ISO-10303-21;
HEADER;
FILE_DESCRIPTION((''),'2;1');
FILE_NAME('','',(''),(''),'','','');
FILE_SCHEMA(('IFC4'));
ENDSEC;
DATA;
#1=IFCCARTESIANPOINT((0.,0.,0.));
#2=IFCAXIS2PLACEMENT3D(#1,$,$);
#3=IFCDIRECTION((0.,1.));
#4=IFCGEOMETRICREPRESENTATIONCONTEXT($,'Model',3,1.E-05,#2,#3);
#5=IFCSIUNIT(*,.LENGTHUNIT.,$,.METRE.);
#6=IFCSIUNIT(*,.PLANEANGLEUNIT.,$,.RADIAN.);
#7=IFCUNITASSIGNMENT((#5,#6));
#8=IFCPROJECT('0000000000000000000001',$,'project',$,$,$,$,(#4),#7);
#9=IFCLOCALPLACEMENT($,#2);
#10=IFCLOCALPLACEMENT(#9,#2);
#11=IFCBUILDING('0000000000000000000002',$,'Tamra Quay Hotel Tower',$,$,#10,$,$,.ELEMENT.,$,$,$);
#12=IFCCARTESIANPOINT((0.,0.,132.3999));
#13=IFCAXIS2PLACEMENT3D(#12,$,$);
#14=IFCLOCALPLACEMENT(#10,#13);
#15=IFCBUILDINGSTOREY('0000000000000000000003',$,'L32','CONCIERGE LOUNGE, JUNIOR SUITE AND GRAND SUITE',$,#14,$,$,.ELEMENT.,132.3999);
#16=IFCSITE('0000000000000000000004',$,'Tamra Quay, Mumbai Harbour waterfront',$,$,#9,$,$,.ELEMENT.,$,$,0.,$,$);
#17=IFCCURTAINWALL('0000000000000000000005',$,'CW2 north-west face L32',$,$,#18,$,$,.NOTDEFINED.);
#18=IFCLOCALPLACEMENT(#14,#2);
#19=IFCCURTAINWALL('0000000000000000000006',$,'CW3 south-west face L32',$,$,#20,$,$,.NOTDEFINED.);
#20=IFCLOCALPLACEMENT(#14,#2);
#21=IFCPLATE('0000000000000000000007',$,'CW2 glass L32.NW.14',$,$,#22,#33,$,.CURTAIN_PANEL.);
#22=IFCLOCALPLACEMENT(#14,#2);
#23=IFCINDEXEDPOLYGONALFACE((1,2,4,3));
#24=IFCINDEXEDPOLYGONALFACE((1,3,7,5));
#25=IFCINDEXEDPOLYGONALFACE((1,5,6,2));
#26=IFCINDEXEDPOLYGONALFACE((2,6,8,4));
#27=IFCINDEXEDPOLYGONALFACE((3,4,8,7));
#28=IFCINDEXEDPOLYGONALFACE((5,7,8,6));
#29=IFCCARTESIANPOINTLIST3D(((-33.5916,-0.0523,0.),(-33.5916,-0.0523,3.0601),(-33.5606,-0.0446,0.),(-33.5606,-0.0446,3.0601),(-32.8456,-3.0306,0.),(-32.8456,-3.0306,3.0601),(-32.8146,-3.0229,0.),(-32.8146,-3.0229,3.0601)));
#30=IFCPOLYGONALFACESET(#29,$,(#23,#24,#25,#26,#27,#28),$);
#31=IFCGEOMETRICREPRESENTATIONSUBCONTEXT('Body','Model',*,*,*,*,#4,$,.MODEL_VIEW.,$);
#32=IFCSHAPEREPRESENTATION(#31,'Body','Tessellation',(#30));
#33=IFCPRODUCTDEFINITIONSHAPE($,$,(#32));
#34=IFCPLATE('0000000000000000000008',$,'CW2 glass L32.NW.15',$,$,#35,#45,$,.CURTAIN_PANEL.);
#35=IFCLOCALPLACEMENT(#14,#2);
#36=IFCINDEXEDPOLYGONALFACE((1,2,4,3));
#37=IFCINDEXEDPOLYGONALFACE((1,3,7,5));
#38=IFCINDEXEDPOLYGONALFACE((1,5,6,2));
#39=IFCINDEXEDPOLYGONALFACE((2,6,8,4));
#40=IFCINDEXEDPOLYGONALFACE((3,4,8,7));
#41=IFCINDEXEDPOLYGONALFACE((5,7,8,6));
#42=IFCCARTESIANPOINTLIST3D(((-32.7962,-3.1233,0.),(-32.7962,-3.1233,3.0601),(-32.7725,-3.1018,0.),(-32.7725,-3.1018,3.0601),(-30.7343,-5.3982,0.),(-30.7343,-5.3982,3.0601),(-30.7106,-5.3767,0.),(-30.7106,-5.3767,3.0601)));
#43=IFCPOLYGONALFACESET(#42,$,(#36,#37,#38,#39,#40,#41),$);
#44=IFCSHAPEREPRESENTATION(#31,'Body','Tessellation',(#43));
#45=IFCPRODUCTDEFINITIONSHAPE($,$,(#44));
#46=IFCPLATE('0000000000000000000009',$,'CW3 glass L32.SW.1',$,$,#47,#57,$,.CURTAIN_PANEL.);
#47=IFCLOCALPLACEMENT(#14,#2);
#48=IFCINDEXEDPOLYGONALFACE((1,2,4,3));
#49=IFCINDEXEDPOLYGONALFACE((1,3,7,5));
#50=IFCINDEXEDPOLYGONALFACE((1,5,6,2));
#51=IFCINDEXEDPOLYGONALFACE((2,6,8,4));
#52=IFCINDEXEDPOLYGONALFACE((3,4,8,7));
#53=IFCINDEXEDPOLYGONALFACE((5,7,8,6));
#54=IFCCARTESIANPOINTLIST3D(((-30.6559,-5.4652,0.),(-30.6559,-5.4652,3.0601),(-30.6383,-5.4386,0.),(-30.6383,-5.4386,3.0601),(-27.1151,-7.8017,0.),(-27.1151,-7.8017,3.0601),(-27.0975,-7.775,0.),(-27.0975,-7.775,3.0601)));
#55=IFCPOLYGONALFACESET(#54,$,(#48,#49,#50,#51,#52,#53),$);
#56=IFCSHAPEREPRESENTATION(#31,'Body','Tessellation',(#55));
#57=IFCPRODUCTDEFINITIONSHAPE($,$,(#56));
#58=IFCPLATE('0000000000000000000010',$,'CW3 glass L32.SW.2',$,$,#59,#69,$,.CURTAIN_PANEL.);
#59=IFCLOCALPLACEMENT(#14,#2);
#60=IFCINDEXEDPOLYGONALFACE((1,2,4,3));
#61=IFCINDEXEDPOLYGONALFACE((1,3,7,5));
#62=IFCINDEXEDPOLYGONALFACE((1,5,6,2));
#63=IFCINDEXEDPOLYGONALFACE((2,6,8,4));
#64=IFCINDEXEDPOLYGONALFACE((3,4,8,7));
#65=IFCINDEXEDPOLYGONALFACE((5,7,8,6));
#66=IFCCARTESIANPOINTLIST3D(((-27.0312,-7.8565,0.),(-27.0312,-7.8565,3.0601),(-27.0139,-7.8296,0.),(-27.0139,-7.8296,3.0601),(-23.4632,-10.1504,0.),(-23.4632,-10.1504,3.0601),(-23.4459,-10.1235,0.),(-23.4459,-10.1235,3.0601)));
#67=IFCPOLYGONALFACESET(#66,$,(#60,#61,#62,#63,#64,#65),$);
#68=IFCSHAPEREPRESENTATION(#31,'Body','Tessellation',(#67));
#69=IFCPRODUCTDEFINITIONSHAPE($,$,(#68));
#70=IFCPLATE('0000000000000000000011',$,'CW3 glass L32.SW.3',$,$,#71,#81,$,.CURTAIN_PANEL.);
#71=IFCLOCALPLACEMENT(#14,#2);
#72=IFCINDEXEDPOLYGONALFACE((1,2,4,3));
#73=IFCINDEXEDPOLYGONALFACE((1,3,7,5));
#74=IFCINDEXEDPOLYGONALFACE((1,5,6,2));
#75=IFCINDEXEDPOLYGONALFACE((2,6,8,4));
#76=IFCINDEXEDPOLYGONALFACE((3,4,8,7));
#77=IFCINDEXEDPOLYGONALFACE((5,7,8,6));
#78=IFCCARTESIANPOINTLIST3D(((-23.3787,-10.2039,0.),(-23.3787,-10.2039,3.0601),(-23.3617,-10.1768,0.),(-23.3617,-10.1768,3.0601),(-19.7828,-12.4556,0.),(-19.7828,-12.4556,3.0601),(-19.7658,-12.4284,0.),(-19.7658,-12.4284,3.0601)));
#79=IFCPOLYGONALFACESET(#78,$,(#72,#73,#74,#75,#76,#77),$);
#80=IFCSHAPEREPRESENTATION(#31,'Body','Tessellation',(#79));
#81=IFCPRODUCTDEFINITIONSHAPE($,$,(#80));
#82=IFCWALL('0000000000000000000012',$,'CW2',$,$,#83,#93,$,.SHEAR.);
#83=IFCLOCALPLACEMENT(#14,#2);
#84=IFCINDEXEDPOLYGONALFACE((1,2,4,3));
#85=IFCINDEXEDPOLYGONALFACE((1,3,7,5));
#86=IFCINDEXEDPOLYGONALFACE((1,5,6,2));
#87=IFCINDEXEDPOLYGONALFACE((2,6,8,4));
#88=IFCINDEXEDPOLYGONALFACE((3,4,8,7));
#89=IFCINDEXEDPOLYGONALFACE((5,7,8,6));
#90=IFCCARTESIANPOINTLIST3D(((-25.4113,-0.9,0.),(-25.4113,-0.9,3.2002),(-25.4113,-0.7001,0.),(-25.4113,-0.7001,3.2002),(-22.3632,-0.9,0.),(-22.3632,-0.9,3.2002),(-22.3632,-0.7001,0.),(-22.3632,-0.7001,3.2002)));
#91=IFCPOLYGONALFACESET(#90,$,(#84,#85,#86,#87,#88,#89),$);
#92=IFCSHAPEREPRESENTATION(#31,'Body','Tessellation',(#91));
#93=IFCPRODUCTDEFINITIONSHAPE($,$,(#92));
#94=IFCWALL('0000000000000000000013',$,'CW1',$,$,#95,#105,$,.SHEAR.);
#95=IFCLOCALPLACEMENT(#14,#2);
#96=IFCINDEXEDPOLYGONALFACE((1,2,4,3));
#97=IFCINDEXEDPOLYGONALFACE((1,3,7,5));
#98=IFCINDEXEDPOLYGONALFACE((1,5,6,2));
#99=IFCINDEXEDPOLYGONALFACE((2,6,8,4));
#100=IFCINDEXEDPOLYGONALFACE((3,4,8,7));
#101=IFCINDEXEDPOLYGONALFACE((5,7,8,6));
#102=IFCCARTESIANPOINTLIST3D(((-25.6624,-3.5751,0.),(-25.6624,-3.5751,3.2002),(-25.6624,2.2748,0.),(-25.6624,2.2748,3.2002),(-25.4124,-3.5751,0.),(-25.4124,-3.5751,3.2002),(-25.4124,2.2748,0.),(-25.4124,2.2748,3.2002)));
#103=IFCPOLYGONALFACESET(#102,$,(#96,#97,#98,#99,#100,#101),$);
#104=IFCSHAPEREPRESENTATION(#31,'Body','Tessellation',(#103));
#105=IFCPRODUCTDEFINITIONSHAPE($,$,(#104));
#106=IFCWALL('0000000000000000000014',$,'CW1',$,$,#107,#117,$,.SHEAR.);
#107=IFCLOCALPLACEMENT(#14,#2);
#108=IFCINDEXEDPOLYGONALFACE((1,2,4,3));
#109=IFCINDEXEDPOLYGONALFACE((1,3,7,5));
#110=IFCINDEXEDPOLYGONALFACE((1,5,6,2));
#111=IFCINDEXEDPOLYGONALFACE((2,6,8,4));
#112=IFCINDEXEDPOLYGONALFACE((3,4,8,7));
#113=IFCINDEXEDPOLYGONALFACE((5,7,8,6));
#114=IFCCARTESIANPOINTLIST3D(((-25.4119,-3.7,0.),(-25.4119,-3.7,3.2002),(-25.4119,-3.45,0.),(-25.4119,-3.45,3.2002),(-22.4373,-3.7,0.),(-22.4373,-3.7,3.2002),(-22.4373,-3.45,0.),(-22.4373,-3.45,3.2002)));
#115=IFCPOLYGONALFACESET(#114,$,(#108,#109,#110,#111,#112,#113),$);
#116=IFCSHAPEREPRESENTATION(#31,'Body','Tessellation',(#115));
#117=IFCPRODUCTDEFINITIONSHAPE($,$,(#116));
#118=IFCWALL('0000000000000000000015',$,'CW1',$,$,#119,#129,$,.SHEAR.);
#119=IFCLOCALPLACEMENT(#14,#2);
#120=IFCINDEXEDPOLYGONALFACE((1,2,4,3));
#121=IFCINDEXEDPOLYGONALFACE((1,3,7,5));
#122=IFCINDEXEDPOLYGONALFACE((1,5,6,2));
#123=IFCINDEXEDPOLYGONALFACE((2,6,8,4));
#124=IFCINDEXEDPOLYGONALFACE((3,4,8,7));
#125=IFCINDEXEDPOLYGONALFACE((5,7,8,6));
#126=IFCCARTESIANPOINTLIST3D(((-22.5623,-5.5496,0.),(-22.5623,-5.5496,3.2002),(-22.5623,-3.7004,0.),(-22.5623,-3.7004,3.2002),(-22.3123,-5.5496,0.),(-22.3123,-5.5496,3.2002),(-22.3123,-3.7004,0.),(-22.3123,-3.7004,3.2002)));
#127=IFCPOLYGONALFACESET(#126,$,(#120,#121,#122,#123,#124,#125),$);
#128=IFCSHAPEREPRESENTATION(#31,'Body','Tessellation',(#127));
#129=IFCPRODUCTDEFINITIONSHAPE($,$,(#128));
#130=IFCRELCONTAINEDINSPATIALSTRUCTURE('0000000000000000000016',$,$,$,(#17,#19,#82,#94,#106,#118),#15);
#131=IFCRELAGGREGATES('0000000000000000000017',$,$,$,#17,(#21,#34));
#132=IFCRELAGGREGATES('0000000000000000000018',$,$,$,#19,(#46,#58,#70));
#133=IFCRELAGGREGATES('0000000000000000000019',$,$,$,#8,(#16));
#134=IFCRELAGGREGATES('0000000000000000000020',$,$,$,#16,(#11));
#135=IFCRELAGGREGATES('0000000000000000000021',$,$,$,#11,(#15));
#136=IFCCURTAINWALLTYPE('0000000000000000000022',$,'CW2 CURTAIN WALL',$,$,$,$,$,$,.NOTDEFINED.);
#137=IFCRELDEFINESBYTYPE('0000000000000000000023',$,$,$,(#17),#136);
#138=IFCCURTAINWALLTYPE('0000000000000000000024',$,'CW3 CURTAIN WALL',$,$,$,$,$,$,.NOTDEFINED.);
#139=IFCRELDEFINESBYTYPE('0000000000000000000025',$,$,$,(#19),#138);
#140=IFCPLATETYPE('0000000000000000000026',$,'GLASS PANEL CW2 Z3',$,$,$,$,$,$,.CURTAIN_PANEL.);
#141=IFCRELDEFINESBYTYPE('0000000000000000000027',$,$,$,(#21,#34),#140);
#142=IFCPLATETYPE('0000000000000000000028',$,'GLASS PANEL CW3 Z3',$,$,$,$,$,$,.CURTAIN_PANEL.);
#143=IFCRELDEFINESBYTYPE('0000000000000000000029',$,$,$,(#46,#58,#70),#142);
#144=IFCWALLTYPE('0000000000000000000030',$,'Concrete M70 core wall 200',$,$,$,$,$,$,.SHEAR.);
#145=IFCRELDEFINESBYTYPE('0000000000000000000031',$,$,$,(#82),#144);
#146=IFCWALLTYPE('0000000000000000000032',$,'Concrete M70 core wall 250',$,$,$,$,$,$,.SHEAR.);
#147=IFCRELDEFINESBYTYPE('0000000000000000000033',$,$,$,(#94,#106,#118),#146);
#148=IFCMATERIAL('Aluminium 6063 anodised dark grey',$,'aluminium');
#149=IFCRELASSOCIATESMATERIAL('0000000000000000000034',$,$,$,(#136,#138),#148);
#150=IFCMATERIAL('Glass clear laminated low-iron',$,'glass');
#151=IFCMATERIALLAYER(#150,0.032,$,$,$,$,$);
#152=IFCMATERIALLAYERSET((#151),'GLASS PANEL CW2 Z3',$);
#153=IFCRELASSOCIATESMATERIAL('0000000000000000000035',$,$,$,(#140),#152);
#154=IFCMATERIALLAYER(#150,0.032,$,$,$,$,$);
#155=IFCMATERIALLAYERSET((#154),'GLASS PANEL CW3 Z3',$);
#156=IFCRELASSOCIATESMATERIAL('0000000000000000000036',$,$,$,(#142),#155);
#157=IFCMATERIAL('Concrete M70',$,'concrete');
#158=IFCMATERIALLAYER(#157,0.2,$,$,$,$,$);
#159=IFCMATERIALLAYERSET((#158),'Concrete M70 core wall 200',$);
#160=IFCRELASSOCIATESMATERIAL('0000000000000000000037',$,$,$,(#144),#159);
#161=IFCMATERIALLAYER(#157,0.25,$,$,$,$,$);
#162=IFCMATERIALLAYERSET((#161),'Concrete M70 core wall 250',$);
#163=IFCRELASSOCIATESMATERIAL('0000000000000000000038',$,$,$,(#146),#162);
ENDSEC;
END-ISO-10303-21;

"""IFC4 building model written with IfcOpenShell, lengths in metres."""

from ifc_helpers import new_model, si_unit, direction, frame, frame_2d, origin, origin_2d, place, context, subcontext, project, spatial, rectangle, extrude, material, layer, layer_set, type_object, element, aggregate, save


model = new_model("IFC4")

# Units and contexts
model_context = context("Model", 3, precision=1e-05, world=origin(), true_north=direction((0.0, 1.0)))
body_context = subcontext(model_context, "Body", "Model", "MODEL_VIEW")
ifc_project = project(units=[si_unit("LENGTHUNIT", "METRE"), si_unit("PLANEANGLEUNIT", "RADIAN")], contexts=[model_context])

# Site, building, storey
site_placement = place(None, origin())
site = spatial("IfcSite", under=ifc_project, at=site_placement, Name="Tamra Quay, Mumbai Harbour waterfront", CompositionType="ELEMENT", RefElevation=0.0)
building_placement = place(site_placement, origin())
building = spatial("IfcBuilding", under=site, at=building_placement, Name="Tamra Quay Hotel Tower", CompositionType="ELEMENT")
storey_placement = place(building_placement, frame((0.0, 0.0, 132.3999)))
storey = spatial("IfcBuildingStorey", under=building, at=storey_placement, Name="L32", Description="CONCIERGE LOUNGE, JUNIOR SUITE AND GRAND SUITE", CompositionType="ELEMENT", Elevation=132.3999)

# Shared definitions
ifc_material_1 = material(Name="Concrete M70", Category="concrete")

# Curtain wall
ifc_material_2 = material(Name="Aluminium 6063 anodised dark grey", Category="aluminium")
curtain_wall_type_1 = type_object("IfcCurtainWallType", Name="CW2 CURTAIN WALL", PredefinedType="NOTDEFINED", material=ifc_material_2)
curtain_wall_1_placement = place(storey_placement, origin())
curtain_wall_1 = element("IfcCurtainWall", 1, at=curtain_wall_1_placement, inside=storey, type_object=curtain_wall_type_1, Name="CW2 north-west face L32", PredefinedType="NOTDEFINED")

# Curtain wall
curtain_wall_type_2 = type_object("IfcCurtainWallType", Name="CW3 CURTAIN WALL", PredefinedType="NOTDEFINED", material=ifc_material_2)
curtain_wall_2_placement = place(storey_placement, origin())
curtain_wall_2 = element("IfcCurtainWall", 2, at=curtain_wall_2_placement, inside=storey, type_object=curtain_wall_type_2, Name="CW3 south-west face L32", PredefinedType="NOTDEFINED")

# Plates
ifc_material_3 = material(Name="Glass clear laminated low-iron", Category="glass")
ifc_layer_1 = layer(ifc_material_3, 0.032)
ifc_layer_set_1 = layer_set([ifc_layer_1], Name="GLASS PANEL CW2 Z3")
plate_type_1 = type_object("IfcPlateType", Name="GLASS PANEL CW2 Z3", PredefinedType="CURTAIN_PANEL", material=ifc_layer_set_1)
plate_1_placement = place(storey_placement, frame((-33.2031, -1.5376, 0.0), z_axis=(0.0, 0.0, 1.0), x_axis=(0.242976, -0.970032, 0.0)))
plate_1 = element("IfcPlate", 3, at=plate_1_placement, type_object=plate_type_1, Name="CW2 glass L32.NW.14", PredefinedType="CURTAIN_PANEL", context=body_context, shape_type="SweptSolid", body=[
    extrude(rectangle(XDim=3.0703, YDim=0.032, at=origin_2d()), origin(), (0.0, 0.0, 1.0), 3.0601),
])
plate_2_placement = place(storey_placement, frame((-31.7534, -4.25, 0.0), z_axis=(0.0, 0.0, 1.0), x_axis=(0.67155, -0.740959, 0.0)))
plate_2 = element("IfcPlate", 4, at=plate_2_placement, type_object=plate_type_1, Name="CW2 glass L32.NW.15", PredefinedType="CURTAIN_PANEL", context=body_context, shape_type="SweptSolid", body=[
    extrude(rectangle(XDim=3.0703, YDim=0.032, at=origin_2d()), origin(), (0.0, 0.0, 1.0), 3.0601),
])
aggregate(curtain_wall_1, [plate_1, plate_2])
ifc_layer_2 = layer(ifc_material_3, 0.032)
ifc_layer_set_2 = layer_set([ifc_layer_2], Name="GLASS PANEL CW3 Z3")
plate_type_2 = type_object("IfcPlateType", Name="GLASS PANEL CW3 Z3", PredefinedType="CURTAIN_PANEL", material=ifc_layer_set_2)
plate_3_placement = place(storey_placement, frame((-28.8767, -6.6201, 0.0), z_axis=(0.0, 0.0, 1.0), x_axis=(0.834663, -0.550761, 0.0)))
plate_3 = element("IfcPlate", 5, at=plate_3_placement, type_object=plate_type_2, Name="CW3 glass L32.SW.1", PredefinedType="CURTAIN_PANEL", context=body_context, shape_type="SweptSolid", body=[
    extrude(rectangle(XDim=4.2422, YDim=0.032, at=origin_2d()), origin(), (0.0, 0.0, 1.0), 3.0601),
])
plate_4_placement = place(storey_placement, frame((-25.2385, -8.99, 0.0), z_axis=(0.0, 0.0, 1.0), x_axis=(0.841164, -0.54078, 0.0)))
plate_4 = element("IfcPlate", 6, at=plate_4_placement, type_object=plate_type_2, Name="CW3 glass L32.SW.2", PredefinedType="CURTAIN_PANEL", context=body_context, shape_type="SweptSolid", body=[
    extrude(rectangle(XDim=4.2417, YDim=0.032, at=origin_2d()), origin(), (0.0, 0.0, 1.0), 3.0601),
])
plate_5_placement = place(storey_placement, frame((-21.5723, -11.3162, 0.0), z_axis=(0.0, 0.0, 1.0), x_axis=(0.847546, -0.530721, 0.0)))
plate_5 = element("IfcPlate", 7, at=plate_5_placement, type_object=plate_type_2, Name="CW3 glass L32.SW.3", PredefinedType="CURTAIN_PANEL", context=body_context, shape_type="SweptSolid", body=[
    extrude(rectangle(XDim=4.2427, YDim=0.032, at=origin_2d()), origin(), (0.0, 0.0, 1.0), 3.0601),
])
aggregate(curtain_wall_2, [plate_3, plate_4, plate_5])

# Walls
ifc_layer_3 = layer(ifc_material_1, 0.2)
ifc_layer_set_3 = layer_set([ifc_layer_3], Name="Concrete M70 core wall 200")
wall_type_1 = type_object("IfcWallType", Name="Concrete M70 core wall 200", PredefinedType="SHEAR", material=ifc_layer_set_3)
wall_1_placement = place(storey_placement, frame((-22.3633, -0.8, 0.0), z_axis=(0.0, 0.0, 1.0), x_axis=(-1.0, 0.0, 0.0)))
element("IfcWall", 8, at=wall_1_placement, inside=storey, type_object=wall_type_1, Name="CW2", PredefinedType="SHEAR", context=body_context, shape_type="SweptSolid", body=[
    extrude(rectangle(XDim=3.0481, YDim=0.2, at=frame_2d((1.5239, 0.0))), origin(), (0.0, 0.0, 1.0), 3.2002),
])
ifc_layer_4 = layer(ifc_material_1, 0.25)
ifc_layer_set_4 = layer_set([ifc_layer_4], Name="Concrete M70 core wall 250")
wall_type_2 = type_object("IfcWallType", Name="Concrete M70 core wall 250", PredefinedType="SHEAR", material=ifc_layer_set_4)
wall_2_placement = place(storey_placement, frame((-25.5374, -3.575, 0.0), z_axis=(0.0, 0.0, 1.0), x_axis=(0.0, 1.0, 0.0)))
element("IfcWall", 9, at=wall_2_placement, inside=storey, type_object=wall_type_2, Name="CW1", PredefinedType="SHEAR", context=body_context, shape_type="SweptSolid", body=[
    extrude(rectangle(XDim=5.8499, YDim=0.25, at=frame_2d((2.9248, 0.0))), origin(), (0.0, 0.0, 1.0), 3.2002),
])
wall_3_placement = place(storey_placement, frame((-22.4373, -3.575, 0.0), z_axis=(0.0, 0.0, 1.0), x_axis=(-1.0, 0.0, 0.0)))
element("IfcWall", 10, at=wall_3_placement, inside=storey, type_object=wall_type_2, Name="CW1", PredefinedType="SHEAR", context=body_context, shape_type="SweptSolid", body=[
    extrude(rectangle(XDim=2.9746, YDim=0.25, at=frame_2d((1.4873, 0.0))), origin(), (0.0, 0.0, 1.0), 3.2002),
])
wall_4_placement = place(storey_placement, frame((-22.4373, -5.5496, 0.0), z_axis=(0.0, 0.0, 1.0), x_axis=(0.0, 1.0, 0.0)))
element("IfcWall", 11, at=wall_4_placement, inside=storey, type_object=wall_type_2, Name="CW1", PredefinedType="SHEAR", context=body_context, shape_type="SweptSolid", body=[
    extrude(rectangle(XDim=1.8491, YDim=0.25, at=frame_2d((0.9246, 0.0))), origin(), (0.0, 0.0, 1.0), 3.2002),
])

save(model, "model.ifc")
